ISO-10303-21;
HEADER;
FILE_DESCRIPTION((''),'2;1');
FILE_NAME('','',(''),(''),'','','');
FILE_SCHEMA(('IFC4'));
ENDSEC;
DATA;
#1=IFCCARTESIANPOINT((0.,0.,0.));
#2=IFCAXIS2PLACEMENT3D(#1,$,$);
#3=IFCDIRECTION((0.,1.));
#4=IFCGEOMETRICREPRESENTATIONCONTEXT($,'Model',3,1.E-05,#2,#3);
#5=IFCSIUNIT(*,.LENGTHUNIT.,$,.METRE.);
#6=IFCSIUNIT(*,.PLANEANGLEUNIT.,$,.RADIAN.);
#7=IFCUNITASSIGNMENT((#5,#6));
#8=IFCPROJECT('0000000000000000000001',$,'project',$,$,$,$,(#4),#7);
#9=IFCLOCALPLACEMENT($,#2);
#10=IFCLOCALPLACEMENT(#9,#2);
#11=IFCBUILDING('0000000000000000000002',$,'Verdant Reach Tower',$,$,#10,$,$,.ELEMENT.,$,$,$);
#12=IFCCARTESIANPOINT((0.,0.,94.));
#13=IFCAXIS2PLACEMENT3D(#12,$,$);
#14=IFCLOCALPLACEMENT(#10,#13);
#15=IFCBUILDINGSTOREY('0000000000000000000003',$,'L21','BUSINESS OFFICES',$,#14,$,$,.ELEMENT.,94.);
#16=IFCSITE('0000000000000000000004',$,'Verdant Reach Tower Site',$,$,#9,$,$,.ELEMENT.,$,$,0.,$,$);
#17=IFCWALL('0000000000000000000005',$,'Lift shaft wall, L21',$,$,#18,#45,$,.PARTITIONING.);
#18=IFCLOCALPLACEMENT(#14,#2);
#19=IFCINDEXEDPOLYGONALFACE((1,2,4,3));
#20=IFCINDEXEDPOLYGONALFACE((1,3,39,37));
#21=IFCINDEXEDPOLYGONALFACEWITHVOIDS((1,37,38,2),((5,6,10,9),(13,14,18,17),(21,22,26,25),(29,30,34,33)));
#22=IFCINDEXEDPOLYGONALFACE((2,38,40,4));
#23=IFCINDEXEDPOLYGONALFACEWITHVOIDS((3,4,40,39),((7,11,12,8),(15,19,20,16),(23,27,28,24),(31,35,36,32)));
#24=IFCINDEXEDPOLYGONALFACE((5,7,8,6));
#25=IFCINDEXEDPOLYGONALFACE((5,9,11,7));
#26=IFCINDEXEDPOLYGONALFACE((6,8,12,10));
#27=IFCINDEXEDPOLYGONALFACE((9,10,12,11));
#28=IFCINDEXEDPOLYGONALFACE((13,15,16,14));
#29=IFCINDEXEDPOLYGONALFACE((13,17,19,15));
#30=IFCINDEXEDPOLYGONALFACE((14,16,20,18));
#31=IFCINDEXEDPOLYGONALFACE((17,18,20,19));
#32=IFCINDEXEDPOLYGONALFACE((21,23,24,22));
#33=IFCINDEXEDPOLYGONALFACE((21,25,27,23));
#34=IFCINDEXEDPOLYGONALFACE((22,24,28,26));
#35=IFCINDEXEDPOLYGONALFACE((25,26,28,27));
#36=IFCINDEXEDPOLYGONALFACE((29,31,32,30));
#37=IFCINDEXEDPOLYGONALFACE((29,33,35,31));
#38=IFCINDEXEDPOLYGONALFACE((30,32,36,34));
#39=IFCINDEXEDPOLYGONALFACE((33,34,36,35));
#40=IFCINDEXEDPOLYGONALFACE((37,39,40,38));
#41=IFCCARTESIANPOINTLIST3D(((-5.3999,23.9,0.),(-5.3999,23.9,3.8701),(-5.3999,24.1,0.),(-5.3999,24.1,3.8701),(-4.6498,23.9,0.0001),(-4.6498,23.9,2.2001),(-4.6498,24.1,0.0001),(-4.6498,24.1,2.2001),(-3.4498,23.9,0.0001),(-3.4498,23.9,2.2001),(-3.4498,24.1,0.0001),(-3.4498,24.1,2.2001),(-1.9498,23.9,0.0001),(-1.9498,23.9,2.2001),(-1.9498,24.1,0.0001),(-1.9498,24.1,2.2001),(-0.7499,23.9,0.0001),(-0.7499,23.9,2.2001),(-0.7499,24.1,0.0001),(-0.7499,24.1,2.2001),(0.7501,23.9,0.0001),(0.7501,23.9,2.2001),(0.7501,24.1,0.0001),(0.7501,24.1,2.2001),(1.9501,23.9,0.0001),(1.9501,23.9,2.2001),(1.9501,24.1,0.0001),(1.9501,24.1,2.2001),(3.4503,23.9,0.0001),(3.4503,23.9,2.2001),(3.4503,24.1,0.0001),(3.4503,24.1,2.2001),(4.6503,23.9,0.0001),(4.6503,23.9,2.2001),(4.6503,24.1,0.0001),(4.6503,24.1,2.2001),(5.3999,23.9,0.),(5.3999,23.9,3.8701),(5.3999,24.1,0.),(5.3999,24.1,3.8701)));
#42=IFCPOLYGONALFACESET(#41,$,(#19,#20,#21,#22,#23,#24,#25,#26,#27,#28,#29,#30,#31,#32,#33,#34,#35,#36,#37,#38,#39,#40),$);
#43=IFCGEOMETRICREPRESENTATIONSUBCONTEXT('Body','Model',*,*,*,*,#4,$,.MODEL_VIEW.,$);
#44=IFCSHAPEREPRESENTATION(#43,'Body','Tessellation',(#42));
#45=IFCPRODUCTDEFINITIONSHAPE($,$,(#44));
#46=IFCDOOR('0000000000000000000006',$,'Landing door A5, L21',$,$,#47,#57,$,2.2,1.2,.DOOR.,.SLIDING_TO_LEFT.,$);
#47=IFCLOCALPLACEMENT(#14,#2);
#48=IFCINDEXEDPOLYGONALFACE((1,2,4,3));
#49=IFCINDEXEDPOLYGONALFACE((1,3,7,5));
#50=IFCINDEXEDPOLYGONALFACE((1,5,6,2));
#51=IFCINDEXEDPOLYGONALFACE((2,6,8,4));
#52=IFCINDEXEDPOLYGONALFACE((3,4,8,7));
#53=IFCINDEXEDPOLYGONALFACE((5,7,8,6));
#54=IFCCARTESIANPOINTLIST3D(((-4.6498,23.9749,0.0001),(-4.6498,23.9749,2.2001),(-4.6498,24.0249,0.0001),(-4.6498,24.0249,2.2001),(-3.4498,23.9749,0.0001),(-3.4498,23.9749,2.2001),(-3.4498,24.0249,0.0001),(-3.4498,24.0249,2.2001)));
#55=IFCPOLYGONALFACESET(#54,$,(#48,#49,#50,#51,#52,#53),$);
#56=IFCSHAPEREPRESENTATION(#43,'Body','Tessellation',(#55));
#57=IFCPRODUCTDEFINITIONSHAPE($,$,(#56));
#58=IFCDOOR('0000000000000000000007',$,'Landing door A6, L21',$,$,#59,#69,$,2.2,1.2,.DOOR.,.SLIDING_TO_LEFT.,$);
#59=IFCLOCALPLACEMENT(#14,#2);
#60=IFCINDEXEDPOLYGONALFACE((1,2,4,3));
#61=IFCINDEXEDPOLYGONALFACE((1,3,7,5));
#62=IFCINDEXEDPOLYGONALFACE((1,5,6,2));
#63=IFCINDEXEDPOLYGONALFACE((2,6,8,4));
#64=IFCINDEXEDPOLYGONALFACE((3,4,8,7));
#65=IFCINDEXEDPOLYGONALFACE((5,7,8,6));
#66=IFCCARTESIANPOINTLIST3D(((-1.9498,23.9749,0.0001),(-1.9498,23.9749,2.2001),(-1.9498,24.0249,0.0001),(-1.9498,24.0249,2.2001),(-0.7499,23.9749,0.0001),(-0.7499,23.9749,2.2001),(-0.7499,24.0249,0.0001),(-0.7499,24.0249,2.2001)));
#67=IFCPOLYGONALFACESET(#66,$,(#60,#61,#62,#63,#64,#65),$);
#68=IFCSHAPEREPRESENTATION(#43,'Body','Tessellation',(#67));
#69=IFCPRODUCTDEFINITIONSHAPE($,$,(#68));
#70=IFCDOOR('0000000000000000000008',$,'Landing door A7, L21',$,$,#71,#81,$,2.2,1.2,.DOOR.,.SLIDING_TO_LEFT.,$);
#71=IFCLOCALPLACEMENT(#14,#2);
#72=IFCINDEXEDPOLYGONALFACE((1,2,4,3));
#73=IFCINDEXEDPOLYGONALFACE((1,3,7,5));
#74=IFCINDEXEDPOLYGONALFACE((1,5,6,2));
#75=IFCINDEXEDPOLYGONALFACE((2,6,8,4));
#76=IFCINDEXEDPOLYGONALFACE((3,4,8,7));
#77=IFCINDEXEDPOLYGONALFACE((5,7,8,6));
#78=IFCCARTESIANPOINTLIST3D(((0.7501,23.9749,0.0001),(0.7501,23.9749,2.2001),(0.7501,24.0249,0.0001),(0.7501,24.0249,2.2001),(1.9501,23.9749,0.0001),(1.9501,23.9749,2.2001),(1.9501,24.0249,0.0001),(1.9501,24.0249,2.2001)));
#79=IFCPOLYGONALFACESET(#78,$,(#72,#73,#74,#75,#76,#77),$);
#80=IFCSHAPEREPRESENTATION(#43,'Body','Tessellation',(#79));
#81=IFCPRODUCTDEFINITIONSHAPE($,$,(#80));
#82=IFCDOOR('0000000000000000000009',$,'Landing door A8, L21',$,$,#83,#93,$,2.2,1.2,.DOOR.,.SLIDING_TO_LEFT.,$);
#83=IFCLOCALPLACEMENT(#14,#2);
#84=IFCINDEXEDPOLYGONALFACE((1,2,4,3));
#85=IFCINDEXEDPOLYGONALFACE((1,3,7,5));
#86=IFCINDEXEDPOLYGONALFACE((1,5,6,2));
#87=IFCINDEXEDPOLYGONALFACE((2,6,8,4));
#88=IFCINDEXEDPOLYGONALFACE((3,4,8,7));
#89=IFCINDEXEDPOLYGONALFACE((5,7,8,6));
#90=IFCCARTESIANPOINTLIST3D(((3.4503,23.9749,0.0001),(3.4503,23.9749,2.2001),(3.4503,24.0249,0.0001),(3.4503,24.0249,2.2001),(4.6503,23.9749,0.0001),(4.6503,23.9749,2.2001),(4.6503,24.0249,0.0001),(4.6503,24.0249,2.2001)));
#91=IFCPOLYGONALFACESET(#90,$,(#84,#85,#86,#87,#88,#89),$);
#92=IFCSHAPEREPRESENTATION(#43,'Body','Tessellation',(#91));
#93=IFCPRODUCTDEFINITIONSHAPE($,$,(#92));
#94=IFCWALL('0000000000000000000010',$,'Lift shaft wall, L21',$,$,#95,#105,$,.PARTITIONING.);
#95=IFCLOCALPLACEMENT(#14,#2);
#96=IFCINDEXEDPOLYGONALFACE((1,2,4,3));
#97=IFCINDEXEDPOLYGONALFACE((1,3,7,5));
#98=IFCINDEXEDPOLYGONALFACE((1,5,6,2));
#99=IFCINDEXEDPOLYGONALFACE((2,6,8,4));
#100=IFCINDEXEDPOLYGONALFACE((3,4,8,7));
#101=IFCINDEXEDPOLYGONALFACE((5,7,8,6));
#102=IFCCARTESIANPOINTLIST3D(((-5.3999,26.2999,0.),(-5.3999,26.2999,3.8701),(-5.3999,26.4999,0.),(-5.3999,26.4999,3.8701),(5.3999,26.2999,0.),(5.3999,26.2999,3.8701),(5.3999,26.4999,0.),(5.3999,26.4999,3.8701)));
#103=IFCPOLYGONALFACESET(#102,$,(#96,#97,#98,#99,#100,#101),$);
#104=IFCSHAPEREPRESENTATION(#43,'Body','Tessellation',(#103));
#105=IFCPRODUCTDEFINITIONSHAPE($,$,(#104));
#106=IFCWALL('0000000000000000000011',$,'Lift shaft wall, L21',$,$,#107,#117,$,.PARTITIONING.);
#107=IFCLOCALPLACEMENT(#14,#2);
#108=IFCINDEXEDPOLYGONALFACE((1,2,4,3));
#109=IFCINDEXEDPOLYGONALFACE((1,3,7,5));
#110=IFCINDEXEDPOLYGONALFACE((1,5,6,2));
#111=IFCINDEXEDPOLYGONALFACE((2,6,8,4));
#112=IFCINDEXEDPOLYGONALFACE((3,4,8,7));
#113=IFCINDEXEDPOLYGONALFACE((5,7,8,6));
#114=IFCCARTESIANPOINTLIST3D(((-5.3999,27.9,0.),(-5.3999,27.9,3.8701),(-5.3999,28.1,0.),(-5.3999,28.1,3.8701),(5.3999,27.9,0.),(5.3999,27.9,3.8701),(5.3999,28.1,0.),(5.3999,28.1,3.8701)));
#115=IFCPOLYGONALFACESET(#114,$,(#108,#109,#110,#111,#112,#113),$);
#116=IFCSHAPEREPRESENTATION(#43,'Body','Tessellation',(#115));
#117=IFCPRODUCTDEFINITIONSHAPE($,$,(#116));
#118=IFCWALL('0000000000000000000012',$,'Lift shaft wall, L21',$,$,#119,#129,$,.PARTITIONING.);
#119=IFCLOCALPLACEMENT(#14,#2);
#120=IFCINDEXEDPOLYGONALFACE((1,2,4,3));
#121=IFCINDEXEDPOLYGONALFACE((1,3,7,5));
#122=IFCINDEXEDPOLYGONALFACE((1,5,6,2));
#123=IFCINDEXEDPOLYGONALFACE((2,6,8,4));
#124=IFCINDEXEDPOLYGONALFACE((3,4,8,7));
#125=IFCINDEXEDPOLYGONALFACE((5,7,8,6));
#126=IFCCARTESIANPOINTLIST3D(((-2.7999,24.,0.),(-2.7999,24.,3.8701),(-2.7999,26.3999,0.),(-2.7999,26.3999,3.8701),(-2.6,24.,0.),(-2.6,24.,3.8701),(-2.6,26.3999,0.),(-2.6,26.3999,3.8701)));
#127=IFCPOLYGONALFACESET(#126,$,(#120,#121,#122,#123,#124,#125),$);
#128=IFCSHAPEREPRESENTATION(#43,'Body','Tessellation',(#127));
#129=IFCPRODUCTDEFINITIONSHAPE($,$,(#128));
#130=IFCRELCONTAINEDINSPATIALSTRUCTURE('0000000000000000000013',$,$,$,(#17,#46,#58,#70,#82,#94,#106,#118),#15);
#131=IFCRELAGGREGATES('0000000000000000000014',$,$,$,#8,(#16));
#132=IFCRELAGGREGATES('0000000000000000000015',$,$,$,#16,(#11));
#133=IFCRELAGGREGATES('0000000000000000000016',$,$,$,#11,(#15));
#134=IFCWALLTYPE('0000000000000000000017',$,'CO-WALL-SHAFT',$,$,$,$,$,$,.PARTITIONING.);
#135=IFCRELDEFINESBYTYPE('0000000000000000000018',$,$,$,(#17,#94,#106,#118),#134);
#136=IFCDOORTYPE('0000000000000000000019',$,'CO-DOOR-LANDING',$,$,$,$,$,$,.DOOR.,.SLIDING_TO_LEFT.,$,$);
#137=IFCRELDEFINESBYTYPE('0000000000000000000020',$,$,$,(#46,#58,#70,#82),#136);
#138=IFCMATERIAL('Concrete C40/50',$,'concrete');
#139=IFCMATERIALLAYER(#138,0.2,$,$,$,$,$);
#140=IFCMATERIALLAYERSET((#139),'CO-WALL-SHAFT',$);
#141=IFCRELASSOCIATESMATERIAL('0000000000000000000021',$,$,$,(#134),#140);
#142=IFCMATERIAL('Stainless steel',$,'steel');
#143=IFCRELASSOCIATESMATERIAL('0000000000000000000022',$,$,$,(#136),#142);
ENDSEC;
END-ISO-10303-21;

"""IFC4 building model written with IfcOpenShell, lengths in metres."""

from ifc_helpers import new_model, si_unit, direction, frame, frame_2d, origin, place, context, subcontext, project, spatial, rectangle, extrude, material, layer, layer_set, type_object, element, fill, save


model = new_model("IFC4")

# Units and contexts
model_context = context("Model", 3, precision=1e-05, world=origin(), true_north=direction((0.0, 1.0)))
body_context = subcontext(model_context, "Body", "Model", "MODEL_VIEW")
ifc_project = project(units=[si_unit("LENGTHUNIT", "METRE"), si_unit("PLANEANGLEUNIT", "RADIAN")], contexts=[model_context])

# Site, building, storey
site_placement = place(None, origin())
site = spatial("IfcSite", under=ifc_project, at=site_placement, Name="Verdant Reach Tower Site", CompositionType="ELEMENT", RefElevation=0.0)
building_placement = place(site_placement, origin())
building = spatial("IfcBuilding", under=site, at=building_placement, Name="Verdant Reach Tower", CompositionType="ELEMENT")
storey_placement = place(building_placement, frame((0.0, 0.0, 94.0)))
storey = spatial("IfcBuildingStorey", under=building, at=storey_placement, Name="L21", Description="BUSINESS OFFICES", CompositionType="ELEMENT", Elevation=94.0)

# Wall, openings, doors
ifc_material_1 = material(Name="Concrete C40/50", Category="concrete")
ifc_layer_1 = layer(ifc_material_1, 0.2)
ifc_layer_set_1 = layer_set([ifc_layer_1], Name="CO-WALL-SHAFT")
wall_type_1 = type_object("IfcWallType", Name="CO-WALL-SHAFT", PredefinedType="PARTITIONING", material=ifc_layer_set_1)
ifc_material_2 = material(Name="Stainless steel", Category="steel")
door_type_1 = type_object("IfcDoorType", Name="CO-DOOR-LANDING", OperationType="SLIDING_TO_LEFT", PredefinedType="DOOR", material=ifc_material_2)
wall_1_placement = place(storey_placement, frame((-5.3999, 24.0, 0.0), z_axis=(0.0, 0.0, 1.0), x_axis=(1.0, 0.0, 0.0)))
wall_1 = element("IfcWall", 1, at=wall_1_placement, inside=storey, type_object=wall_type_1, Name="Lift shaft wall, L21", PredefinedType="PARTITIONING", context=body_context, shape_type="SweptSolid", body=[
    extrude(rectangle(XDim=10.7998, YDim=0.2, at=frame_2d((5.3999, 0.0))), origin(), (0.0, 0.0, 1.0), 3.8701),
])
opening_1_placement = place(wall_1_placement, frame((0.75, 0.0, 0.0)))
opening_1 = element("IfcOpeningElement", 2, at=opening_1_placement, cuts=wall_1, PredefinedType="OPENING", context=body_context, shape_type="SweptSolid", body=[
    extrude(rectangle(XDim=1.2, YDim=2.2, at=frame_2d((0.6001, 1.1001))), frame((0.0, 0.1099, 0.0), z_axis=(0.0, -1.0, 0.0), x_axis=(1.0, 0.0, 0.0)), (0.0, 0.0, 1.0), 0.22),
])
opening_2_placement = place(wall_1_placement, frame((3.45, 0.0, 0.0)))
opening_2 = element("IfcOpeningElement", 3, at=opening_2_placement, cuts=wall_1, PredefinedType="OPENING", context=body_context, shape_type="SweptSolid", body=[
    extrude(rectangle(XDim=1.2, YDim=2.2, at=frame_2d((0.6001, 1.1001))), frame((0.0, 0.1099, 0.0), z_axis=(0.0, -1.0, 0.0), x_axis=(1.0, 0.0, 0.0)), (0.0, 0.0, 1.0), 0.22),
])
opening_3_placement = place(wall_1_placement, frame((6.1499, 0.0, 0.0)))
opening_3 = element("IfcOpeningElement", 4, at=opening_3_placement, cuts=wall_1, PredefinedType="OPENING", context=body_context, shape_type="SweptSolid", body=[
    extrude(rectangle(XDim=1.2, YDim=2.2, at=frame_2d((0.6001, 1.1001))), frame((0.0, 0.1099, 0.0), z_axis=(0.0, -1.0, 0.0), x_axis=(1.0, 0.0, 0.0)), (0.0, 0.0, 1.0), 0.22),
])
opening_4_placement = place(wall_1_placement, frame((8.8501, 0.0, 0.0)))
opening_4 = element("IfcOpeningElement", 5, at=opening_4_placement, cuts=wall_1, PredefinedType="OPENING", context=body_context, shape_type="SweptSolid", body=[
    extrude(rectangle(XDim=1.2, YDim=2.2, at=frame_2d((0.6001, 1.1001))), frame((0.0, 0.1099, 0.0), z_axis=(0.0, -1.0, 0.0), x_axis=(1.0, 0.0, 0.0)), (0.0, 0.0, 1.0), 0.22),
])
door_1_placement = place(opening_1_placement, origin())
door_1 = element("IfcDoor", 6, at=door_1_placement, inside=storey, type_object=door_type_1, Name="Landing door A5, L21", OperationType="SLIDING_TO_LEFT", OverallHeight=2.2, OverallWidth=1.2, PredefinedType="DOOR", context=body_context, shape_type="SweptSolid", body=[
    extrude(rectangle(XDim=1.2, YDim=2.2, at=frame_2d((0.6001, 1.1001))), frame((0.0, 0.0249, 0.0), z_axis=(0.0, -1.0, 0.0), x_axis=(1.0, 0.0, 0.0)), (0.0, 0.0, 1.0), 0.05),
])
fill(opening_1, door_1)
door_2_placement = place(opening_2_placement, origin())
door_2 = element("IfcDoor", 7, at=door_2_placement, inside=storey, type_object=door_type_1, Name="Landing door A6, L21", OperationType="SLIDING_TO_LEFT", OverallHeight=2.2, OverallWidth=1.2, PredefinedType="DOOR", context=body_context, shape_type="SweptSolid", body=[
    extrude(rectangle(XDim=1.2, YDim=2.2, at=frame_2d((0.6001, 1.1001))), frame((0.0, 0.0249, 0.0), z_axis=(0.0, -1.0, 0.0), x_axis=(1.0, 0.0, 0.0)), (0.0, 0.0, 1.0), 0.05),
])
fill(opening_2, door_2)
door_3_placement = place(opening_3_placement, origin())
door_3 = element("IfcDoor", 8, at=door_3_placement, inside=storey, type_object=door_type_1, Name="Landing door A7, L21", OperationType="SLIDING_TO_LEFT", OverallHeight=2.2, OverallWidth=1.2, PredefinedType="DOOR", context=body_context, shape_type="SweptSolid", body=[
    extrude(rectangle(XDim=1.2, YDim=2.2, at=frame_2d((0.6001, 1.1001))), frame((0.0, 0.0249, 0.0), z_axis=(0.0, -1.0, 0.0), x_axis=(1.0, 0.0, 0.0)), (0.0, 0.0, 1.0), 0.05),
])
fill(opening_3, door_3)
door_4_placement = place(opening_4_placement, origin())
door_4 = element("IfcDoor", 9, at=door_4_placement, inside=storey, type_object=door_type_1, Name="Landing door A8, L21", OperationType="SLIDING_TO_LEFT", OverallHeight=2.2, OverallWidth=1.2, PredefinedType="DOOR", context=body_context, shape_type="SweptSolid", body=[
    extrude(rectangle(XDim=1.2, YDim=2.2, at=frame_2d((0.6001, 1.1001))), frame((0.0, 0.0249, 0.0), z_axis=(0.0, -1.0, 0.0), x_axis=(1.0, 0.0, 0.0)), (0.0, 0.0, 1.0), 0.05),
])
fill(opening_4, door_4)

# Walls
for number, where, z_axis, x_axis, name in (
    (10, (-5.3999, 26.3999, 0.0), (0.0, 0.0, 1.0), (1.0, 0.0, 0.0), "Lift shaft wall, L21"),
    (11, (-5.3999, 28.0, 0.0), (0.0, 0.0, 1.0), (1.0, 0.0, 0.0), "Lift shaft wall, L21"),
):
    element("IfcWall", number, at=place(storey_placement, frame(where, z_axis=z_axis, x_axis=x_axis)), inside=storey, type_object=wall_type_1, Name=name, PredefinedType="PARTITIONING", context=body_context, shape_type="SweptSolid", body=[
        extrude(rectangle(XDim=10.7998, YDim=0.2, at=frame_2d((5.3999, 0.0))), origin(), (0.0, 0.0, 1.0), 3.8701),
    ])
wall_2_placement = place(storey_placement, frame((-2.7, 24.0, 0.0), z_axis=(0.0, 0.0, 1.0), x_axis=(0.0, 1.0, 0.0)))
element("IfcWall", 12, at=wall_2_placement, inside=storey, type_object=wall_type_1, Name="Lift shaft wall, L21", PredefinedType="PARTITIONING", context=body_context, shape_type="SweptSolid", body=[
    extrude(rectangle(XDim=2.3999, YDim=0.2, at=frame_2d((1.2, 0.0))), origin(), (0.0, 0.0, 1.0), 3.8701),
])

save(model, "model.ifc")
